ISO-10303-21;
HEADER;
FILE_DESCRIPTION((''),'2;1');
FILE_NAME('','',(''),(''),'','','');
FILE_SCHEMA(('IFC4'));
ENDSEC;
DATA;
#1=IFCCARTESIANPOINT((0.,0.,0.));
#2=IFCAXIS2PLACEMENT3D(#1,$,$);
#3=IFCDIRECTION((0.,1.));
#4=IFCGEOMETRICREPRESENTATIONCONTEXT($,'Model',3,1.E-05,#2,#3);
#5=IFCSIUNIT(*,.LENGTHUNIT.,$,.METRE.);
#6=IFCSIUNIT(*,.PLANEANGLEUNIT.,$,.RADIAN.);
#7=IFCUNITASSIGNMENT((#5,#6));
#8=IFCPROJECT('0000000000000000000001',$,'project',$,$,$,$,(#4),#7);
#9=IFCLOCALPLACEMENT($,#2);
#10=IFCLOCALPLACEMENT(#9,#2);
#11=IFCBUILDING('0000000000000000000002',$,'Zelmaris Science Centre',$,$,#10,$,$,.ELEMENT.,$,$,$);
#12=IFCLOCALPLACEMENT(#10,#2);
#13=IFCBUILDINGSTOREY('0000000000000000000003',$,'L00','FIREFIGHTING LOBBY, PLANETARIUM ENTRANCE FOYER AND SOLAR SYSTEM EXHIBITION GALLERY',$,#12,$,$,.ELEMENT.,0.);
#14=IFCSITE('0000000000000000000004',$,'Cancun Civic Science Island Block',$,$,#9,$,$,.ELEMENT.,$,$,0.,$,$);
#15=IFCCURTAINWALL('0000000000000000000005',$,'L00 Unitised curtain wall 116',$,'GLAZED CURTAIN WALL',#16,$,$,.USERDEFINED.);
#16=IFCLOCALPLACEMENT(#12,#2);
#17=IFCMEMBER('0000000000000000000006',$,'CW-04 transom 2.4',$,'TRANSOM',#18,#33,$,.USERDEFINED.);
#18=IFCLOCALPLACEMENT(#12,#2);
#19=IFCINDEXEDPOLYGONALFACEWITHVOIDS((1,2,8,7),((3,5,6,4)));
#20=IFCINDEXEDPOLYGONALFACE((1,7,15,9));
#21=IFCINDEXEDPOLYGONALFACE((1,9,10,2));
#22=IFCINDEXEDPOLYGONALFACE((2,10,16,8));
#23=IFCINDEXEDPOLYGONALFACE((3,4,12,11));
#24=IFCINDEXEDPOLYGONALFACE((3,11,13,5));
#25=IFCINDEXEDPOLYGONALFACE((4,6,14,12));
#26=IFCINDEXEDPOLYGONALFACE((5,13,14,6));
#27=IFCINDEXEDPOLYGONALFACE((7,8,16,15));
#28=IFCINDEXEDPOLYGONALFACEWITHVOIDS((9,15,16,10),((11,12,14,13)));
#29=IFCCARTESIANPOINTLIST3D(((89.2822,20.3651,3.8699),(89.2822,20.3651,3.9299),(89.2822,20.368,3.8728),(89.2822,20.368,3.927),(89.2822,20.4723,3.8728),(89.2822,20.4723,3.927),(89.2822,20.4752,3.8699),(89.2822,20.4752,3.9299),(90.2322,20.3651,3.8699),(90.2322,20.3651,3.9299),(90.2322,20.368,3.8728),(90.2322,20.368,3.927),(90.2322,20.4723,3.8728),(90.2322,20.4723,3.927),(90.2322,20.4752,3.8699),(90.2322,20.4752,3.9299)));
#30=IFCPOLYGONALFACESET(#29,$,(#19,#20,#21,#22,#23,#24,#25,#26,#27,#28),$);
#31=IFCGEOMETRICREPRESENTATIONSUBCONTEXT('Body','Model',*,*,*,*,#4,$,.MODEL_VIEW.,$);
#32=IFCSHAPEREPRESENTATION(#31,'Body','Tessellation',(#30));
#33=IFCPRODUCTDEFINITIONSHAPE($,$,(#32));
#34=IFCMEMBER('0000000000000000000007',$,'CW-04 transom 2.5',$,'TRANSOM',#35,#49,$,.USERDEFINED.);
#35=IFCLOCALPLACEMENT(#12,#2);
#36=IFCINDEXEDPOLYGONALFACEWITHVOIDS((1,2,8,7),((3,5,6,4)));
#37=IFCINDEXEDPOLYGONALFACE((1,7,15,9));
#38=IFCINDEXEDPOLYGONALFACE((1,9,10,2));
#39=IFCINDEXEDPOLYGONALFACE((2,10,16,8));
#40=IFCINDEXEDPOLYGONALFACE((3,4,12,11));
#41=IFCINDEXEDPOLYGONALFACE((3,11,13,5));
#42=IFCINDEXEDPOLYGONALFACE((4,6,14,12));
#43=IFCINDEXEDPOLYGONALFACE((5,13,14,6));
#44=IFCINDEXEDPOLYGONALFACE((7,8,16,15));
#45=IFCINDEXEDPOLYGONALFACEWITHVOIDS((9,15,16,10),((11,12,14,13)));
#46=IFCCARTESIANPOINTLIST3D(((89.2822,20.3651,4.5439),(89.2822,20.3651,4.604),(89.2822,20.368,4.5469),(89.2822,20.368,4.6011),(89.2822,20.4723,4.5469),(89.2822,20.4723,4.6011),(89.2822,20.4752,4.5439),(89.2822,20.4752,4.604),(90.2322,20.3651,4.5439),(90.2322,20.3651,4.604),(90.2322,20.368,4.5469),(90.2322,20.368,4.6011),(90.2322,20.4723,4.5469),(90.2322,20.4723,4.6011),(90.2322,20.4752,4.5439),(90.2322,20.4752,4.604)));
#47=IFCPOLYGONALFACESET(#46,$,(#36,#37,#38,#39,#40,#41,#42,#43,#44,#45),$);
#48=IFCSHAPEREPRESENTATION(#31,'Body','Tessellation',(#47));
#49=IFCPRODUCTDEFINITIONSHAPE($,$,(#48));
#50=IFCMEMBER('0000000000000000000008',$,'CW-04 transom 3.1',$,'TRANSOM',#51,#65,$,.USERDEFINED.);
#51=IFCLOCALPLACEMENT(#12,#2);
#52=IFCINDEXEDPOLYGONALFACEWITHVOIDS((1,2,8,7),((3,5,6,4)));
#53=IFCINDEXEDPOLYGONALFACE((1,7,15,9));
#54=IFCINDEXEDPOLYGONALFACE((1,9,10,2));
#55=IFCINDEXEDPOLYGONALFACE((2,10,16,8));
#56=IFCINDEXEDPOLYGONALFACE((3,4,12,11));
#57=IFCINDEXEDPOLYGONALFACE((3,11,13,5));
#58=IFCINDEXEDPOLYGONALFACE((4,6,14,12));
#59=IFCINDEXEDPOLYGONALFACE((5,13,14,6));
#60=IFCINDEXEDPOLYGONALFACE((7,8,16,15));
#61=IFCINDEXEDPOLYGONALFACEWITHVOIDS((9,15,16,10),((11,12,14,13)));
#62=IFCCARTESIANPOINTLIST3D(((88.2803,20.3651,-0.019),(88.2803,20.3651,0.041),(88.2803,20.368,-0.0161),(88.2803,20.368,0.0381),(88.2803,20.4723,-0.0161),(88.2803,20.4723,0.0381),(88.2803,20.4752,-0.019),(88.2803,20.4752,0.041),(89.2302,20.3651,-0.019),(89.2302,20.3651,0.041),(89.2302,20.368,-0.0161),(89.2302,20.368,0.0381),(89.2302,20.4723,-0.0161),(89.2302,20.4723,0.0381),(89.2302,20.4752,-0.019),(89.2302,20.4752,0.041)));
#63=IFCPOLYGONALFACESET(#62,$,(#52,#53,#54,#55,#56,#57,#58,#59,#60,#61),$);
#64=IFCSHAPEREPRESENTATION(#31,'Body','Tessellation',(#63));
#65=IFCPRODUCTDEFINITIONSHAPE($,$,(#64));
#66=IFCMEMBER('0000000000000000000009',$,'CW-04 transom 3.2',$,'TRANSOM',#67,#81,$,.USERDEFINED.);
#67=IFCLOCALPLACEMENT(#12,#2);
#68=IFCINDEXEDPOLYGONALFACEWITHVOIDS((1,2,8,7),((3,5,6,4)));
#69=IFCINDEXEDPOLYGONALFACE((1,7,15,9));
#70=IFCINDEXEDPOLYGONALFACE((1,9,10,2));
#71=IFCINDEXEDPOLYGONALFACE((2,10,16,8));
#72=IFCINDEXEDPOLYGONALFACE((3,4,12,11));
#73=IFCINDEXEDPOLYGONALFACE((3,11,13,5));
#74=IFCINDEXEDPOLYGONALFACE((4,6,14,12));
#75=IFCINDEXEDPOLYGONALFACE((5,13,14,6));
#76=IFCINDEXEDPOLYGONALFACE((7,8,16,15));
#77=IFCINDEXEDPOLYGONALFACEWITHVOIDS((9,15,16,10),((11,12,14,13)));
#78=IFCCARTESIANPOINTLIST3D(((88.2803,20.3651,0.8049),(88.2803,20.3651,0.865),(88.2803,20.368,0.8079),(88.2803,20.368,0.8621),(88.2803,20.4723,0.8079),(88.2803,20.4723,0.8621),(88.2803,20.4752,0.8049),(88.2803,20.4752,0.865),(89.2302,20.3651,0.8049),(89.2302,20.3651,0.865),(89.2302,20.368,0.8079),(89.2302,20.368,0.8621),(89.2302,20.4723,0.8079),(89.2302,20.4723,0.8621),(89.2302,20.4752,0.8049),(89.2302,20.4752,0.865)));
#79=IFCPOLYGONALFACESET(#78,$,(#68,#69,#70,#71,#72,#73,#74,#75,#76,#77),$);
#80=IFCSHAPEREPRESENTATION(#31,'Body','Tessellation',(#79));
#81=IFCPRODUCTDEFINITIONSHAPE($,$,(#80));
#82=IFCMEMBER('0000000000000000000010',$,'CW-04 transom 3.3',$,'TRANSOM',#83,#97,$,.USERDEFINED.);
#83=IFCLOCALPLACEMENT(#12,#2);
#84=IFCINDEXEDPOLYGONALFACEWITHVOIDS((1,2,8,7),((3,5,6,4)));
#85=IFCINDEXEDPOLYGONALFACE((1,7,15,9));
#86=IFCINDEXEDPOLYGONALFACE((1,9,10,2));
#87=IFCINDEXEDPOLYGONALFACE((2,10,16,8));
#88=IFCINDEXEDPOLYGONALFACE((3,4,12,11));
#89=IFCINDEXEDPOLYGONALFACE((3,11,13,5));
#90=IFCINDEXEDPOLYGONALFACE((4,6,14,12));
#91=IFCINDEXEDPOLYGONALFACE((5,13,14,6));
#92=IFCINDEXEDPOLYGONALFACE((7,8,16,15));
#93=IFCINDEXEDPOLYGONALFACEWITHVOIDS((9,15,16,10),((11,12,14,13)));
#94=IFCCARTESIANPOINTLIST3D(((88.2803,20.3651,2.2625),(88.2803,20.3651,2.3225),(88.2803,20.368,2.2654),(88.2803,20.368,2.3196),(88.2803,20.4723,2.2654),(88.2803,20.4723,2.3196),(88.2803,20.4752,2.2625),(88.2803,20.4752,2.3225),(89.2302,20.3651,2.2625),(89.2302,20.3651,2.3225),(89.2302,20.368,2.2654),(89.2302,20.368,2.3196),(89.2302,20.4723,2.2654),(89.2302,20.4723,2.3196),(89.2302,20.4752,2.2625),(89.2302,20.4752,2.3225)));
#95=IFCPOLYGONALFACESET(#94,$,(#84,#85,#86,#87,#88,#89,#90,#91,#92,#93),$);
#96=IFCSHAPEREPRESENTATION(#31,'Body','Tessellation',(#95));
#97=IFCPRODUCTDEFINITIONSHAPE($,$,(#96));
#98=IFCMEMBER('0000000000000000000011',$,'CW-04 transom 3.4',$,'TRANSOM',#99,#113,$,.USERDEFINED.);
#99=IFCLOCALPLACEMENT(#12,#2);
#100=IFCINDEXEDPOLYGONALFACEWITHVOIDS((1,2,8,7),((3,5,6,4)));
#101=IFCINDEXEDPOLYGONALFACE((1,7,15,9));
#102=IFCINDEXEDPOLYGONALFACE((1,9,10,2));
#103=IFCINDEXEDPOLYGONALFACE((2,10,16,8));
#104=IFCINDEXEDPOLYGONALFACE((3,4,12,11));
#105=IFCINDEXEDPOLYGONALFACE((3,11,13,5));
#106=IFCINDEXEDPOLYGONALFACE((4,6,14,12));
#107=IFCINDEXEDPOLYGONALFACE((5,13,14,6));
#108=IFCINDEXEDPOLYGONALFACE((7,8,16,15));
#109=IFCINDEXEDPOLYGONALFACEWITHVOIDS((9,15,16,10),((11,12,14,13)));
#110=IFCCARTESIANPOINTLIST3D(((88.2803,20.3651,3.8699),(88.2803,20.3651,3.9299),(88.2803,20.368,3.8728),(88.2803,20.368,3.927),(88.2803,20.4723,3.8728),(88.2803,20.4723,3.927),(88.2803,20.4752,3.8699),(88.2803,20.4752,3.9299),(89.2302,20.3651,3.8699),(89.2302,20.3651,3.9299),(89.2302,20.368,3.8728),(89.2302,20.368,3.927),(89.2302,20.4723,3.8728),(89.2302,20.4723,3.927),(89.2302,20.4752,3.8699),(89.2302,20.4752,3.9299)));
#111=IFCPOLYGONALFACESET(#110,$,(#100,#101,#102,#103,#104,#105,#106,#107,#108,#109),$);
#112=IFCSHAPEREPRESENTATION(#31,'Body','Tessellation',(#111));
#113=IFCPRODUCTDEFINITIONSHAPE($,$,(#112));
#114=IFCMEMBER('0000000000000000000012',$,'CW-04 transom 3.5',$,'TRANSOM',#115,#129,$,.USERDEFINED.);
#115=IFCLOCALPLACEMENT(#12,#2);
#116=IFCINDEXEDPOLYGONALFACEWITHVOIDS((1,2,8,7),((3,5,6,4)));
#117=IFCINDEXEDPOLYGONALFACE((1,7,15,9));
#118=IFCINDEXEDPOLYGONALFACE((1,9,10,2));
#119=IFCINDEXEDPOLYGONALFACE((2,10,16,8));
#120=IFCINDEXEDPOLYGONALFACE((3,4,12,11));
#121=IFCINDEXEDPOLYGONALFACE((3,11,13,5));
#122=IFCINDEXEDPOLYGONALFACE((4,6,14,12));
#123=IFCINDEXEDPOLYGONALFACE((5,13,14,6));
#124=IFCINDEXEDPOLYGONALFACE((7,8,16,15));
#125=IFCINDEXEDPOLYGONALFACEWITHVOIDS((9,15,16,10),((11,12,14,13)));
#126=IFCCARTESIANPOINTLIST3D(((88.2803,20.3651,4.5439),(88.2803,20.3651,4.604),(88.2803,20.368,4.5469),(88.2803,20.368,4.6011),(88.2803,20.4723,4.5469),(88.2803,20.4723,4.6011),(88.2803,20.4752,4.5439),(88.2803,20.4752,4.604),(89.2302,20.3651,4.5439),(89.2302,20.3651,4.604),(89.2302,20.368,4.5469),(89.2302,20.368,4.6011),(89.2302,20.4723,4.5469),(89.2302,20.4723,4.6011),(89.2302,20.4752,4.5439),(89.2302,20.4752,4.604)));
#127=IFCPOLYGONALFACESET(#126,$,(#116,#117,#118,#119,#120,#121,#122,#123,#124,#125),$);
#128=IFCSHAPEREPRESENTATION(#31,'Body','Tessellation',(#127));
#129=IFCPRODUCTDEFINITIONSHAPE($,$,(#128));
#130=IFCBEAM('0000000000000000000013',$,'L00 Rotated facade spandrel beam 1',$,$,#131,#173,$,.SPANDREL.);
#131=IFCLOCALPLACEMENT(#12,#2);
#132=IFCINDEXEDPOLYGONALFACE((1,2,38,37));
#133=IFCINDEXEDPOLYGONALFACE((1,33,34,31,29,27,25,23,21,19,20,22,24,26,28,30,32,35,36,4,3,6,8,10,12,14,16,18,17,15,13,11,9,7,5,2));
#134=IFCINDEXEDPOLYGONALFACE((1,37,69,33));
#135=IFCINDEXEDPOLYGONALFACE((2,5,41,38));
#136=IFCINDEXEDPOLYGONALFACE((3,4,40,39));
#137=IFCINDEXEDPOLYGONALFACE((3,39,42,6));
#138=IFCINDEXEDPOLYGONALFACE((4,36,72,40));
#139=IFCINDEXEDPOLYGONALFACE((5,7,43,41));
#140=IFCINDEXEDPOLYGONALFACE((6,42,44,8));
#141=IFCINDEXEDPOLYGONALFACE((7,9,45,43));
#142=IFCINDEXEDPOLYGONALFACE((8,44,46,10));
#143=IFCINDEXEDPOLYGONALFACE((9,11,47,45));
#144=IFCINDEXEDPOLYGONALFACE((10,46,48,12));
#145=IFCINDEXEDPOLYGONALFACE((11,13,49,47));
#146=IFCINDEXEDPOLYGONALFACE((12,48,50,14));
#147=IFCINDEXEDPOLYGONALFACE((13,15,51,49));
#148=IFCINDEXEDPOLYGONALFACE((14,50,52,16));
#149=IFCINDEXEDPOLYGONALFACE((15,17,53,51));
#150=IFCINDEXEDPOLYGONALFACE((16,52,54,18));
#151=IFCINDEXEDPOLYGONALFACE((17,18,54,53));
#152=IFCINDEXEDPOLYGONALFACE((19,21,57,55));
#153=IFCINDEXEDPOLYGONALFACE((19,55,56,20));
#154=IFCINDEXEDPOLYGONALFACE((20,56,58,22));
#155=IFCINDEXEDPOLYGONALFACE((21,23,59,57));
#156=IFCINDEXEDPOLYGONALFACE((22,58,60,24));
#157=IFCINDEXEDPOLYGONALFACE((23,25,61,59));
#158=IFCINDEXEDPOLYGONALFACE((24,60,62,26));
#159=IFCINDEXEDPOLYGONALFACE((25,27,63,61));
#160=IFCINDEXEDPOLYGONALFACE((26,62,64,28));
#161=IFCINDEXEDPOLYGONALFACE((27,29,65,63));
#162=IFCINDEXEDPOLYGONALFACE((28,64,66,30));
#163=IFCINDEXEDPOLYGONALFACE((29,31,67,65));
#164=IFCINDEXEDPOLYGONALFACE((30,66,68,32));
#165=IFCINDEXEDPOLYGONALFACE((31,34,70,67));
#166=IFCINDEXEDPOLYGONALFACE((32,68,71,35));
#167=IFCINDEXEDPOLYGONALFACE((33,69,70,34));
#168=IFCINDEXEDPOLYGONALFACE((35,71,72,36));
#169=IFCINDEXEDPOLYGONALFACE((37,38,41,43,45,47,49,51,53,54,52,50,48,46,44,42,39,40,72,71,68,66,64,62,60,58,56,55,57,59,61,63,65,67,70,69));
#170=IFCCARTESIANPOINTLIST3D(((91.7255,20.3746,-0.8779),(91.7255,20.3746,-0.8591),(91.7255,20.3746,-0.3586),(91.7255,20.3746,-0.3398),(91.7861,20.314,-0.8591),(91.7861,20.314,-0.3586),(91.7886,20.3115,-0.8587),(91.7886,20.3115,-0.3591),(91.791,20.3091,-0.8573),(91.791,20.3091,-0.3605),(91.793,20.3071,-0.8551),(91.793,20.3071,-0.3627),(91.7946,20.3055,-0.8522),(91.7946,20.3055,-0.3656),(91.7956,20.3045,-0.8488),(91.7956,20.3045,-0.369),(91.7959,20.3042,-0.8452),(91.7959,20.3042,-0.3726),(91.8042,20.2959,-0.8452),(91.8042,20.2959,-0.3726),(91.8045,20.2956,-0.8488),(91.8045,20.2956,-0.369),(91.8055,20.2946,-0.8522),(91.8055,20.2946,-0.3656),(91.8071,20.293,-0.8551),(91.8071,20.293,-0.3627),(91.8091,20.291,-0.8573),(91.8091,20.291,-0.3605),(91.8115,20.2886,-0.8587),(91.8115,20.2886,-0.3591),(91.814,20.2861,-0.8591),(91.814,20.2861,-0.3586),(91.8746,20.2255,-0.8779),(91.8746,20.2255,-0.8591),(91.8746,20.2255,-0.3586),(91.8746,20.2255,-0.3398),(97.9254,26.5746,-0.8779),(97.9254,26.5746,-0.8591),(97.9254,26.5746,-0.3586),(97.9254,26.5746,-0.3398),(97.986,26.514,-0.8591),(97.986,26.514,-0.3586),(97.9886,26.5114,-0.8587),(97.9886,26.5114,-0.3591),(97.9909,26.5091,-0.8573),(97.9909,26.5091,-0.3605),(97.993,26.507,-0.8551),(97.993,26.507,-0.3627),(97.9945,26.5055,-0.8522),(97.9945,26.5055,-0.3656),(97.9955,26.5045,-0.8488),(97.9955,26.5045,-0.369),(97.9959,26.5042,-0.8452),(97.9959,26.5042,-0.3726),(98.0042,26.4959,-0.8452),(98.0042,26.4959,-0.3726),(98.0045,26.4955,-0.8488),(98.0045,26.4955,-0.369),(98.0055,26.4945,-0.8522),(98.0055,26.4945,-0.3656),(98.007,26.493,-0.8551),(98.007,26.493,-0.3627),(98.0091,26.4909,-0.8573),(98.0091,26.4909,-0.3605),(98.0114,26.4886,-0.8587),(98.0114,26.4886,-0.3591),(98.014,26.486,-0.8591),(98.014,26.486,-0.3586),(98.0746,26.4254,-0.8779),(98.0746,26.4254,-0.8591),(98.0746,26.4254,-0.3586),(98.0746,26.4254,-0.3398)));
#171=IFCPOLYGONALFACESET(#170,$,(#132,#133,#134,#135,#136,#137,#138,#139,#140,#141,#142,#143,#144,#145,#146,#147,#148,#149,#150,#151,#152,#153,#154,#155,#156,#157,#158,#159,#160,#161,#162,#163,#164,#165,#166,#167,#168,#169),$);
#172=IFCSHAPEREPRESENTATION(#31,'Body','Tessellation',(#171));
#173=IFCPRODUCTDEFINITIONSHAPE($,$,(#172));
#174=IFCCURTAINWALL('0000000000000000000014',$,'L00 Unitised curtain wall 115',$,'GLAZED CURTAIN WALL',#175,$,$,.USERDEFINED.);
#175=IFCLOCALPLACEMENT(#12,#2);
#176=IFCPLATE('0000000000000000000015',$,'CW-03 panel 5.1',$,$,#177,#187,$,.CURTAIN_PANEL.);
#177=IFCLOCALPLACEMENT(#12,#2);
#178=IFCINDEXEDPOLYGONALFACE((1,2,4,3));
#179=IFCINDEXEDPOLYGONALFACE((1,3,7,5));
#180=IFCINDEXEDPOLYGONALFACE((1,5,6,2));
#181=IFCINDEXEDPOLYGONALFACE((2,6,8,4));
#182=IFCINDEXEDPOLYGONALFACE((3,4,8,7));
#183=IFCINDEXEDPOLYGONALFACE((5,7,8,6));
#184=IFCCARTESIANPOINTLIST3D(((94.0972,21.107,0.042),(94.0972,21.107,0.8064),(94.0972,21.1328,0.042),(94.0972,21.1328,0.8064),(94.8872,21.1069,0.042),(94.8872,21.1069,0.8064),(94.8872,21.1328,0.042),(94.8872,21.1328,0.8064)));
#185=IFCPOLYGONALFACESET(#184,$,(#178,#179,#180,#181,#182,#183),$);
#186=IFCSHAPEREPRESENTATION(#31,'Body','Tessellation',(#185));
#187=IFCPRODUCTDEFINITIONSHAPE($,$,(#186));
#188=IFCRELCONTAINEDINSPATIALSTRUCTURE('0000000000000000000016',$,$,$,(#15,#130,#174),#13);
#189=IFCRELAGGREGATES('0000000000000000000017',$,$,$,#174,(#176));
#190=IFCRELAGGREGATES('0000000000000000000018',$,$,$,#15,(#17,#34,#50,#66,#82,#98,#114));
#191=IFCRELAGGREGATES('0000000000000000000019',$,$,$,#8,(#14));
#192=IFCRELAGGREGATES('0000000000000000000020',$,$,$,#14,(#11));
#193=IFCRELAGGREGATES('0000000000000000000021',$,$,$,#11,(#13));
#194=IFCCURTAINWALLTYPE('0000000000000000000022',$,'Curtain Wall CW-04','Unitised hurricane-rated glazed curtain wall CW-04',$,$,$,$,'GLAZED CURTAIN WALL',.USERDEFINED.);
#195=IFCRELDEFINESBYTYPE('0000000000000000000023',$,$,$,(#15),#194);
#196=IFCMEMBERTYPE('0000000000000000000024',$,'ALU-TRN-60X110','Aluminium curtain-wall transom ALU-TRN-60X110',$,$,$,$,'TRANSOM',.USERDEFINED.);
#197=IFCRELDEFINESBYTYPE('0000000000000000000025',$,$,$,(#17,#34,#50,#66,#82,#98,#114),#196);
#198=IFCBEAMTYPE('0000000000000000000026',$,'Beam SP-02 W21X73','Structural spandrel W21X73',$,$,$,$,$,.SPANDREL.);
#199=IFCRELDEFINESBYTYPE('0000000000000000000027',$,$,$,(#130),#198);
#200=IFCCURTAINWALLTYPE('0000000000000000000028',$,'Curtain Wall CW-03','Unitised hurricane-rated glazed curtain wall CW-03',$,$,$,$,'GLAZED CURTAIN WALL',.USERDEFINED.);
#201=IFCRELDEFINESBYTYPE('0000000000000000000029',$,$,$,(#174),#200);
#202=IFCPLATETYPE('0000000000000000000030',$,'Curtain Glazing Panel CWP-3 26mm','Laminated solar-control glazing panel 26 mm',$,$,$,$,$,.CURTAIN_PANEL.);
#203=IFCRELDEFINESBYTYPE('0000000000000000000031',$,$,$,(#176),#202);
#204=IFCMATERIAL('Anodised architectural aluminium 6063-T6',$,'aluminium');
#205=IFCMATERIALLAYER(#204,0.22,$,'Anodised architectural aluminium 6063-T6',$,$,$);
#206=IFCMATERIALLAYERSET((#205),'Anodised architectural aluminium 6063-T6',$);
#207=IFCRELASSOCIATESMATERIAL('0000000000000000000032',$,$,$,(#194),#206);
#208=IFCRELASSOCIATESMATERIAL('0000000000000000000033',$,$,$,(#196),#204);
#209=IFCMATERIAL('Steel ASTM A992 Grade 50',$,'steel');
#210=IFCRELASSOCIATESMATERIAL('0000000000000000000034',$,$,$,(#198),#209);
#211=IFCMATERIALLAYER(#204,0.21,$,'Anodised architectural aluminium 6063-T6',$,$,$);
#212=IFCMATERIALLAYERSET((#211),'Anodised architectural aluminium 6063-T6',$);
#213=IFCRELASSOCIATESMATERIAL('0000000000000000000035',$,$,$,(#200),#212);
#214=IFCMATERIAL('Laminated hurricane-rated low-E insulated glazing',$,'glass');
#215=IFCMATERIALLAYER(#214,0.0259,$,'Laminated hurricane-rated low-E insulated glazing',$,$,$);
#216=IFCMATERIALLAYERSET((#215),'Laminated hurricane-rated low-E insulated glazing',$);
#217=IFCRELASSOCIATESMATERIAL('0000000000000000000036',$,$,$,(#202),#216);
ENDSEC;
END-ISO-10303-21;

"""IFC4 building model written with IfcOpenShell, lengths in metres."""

from ifc_helpers import new_model, si_unit, direction, frame, origin, origin_2d, place, context, subcontext, project, spatial, rectangle, hollow_rectangle, i_section, extrude, material, layer, layer_set, material_profile, profile_set, type_object, element, aggregate, save


model = new_model("IFC4")

# Units and contexts
model_context = context("Model", 3, precision=1e-05, world=origin(), true_north=direction((0.0, 1.0)))
body_context = subcontext(model_context, "Body", "Model", "MODEL_VIEW")
ifc_project = project(units=[si_unit("LENGTHUNIT", "METRE"), si_unit("PLANEANGLEUNIT", "RADIAN")], contexts=[model_context])

# Site, building, storey
site_placement = place(None, origin())
site = spatial("IfcSite", under=ifc_project, at=site_placement, Name="Cancun Civic Science Island Block", CompositionType="ELEMENT", RefElevation=0.0)
building_placement = place(site_placement, origin())
building = spatial("IfcBuilding", under=site, at=building_placement, Name="Zelmaris Science Centre", CompositionType="ELEMENT")
storey_placement = place(building_placement, origin())
storey = spatial("IfcBuildingStorey", under=building, at=storey_placement, Name="L00", Description="FIREFIGHTING LOBBY, PLANETARIUM ENTRANCE FOYER AND SOLAR SYSTEM EXHIBITION GALLERY", CompositionType="ELEMENT", Elevation=0.0)

# Curtain wall, members
ifc_material_1 = material(Name="Anodised architectural aluminium 6063-T6", Category="aluminium")
ifc_layer_1 = layer(ifc_material_1, 0.22, Name="Anodised architectural aluminium 6063-T6")
ifc_layer_set_1 = layer_set([ifc_layer_1], Name="Anodised architectural aluminium 6063-T6")
curtain_wall_type_1 = type_object("IfcCurtainWallType", Name="Curtain Wall CW-04", Description="Unitised hurricane-rated glazed curtain wall CW-04", ElementType="GLAZED CURTAIN WALL", PredefinedType="USERDEFINED", material=ifc_layer_set_1)
curtain_wall_1_placement = place(storey_placement, origin())
curtain_wall_1 = element("IfcCurtainWall", 1, at=curtain_wall_1_placement, inside=storey, type_object=curtain_wall_type_1, Name="L00 Unitised curtain wall 116", ObjectType="GLAZED CURTAIN WALL", PredefinedType="USERDEFINED")
ifc_material_profile_1 = material_profile(ifc_material_1, hollow_rectangle(XDim=0.0601, YDim=0.1101, WallThickness=0.0029, at=origin_2d()), Name="ALU-TRN-60X110")
ifc_profile_set_1 = profile_set([ifc_material_profile_1], Name="Anodised architectural aluminium 6063-T6")
member_type_1 = type_object("IfcMemberType", Name="ALU-TRN-60X110", Description="Aluminium curtain-wall transom ALU-TRN-60X110", ElementType="TRANSOM", PredefinedType="USERDEFINED", material=ifc_profile_set_1)
member_1_placement = place(storey_placement, frame((90.2322, 20.4202, 3.8999), z_axis=(-1.0, 0.0, 0.0), x_axis=(0.0, 0.0, 1.0)))
member_1 = element("IfcMember", 2, at=member_1_placement, type_object=member_type_1, Name="CW-04 transom 2.4", ObjectType="TRANSOM", PredefinedType="USERDEFINED", context=body_context, shape_type="SweptSolid", body=[
    extrude(hollow_rectangle(XDim=0.0601, YDim=0.1101, WallThickness=0.0029, at=origin_2d()), origin(), (0.0, 0.0, 1.0), 0.95),
])
member_2_placement = place(storey_placement, frame((90.2322, 20.4202, 4.574), z_axis=(-1.0, 0.0, 0.0), x_axis=(0.0, 0.0, 1.0)))
member_2 = element("IfcMember", 3, at=member_2_placement, type_object=member_type_1, Name="CW-04 transom 2.5", ObjectType="TRANSOM", PredefinedType="USERDEFINED", context=body_context, shape_type="SweptSolid", body=[
    extrude(hollow_rectangle(XDim=0.0601, YDim=0.1101, WallThickness=0.0029, at=origin_2d()), origin(), (0.0, 0.0, 1.0), 0.95),
])
member_3_placement = place(storey_placement, frame((89.2302, 20.4202, 0.011), z_axis=(-1.0, 0.0, 0.0), x_axis=(0.0, 0.0, 1.0)))
member_3 = element("IfcMember", 4, at=member_3_placement, type_object=member_type_1, Name="CW-04 transom 3.1", ObjectType="TRANSOM", PredefinedType="USERDEFINED", context=body_context, shape_type="SweptSolid", body=[
    extrude(hollow_rectangle(XDim=0.0601, YDim=0.1101, WallThickness=0.0029, at=origin_2d()), origin(), (0.0, 0.0, 1.0), 0.95),
])
member_4_placement = place(storey_placement, frame((89.2302, 20.4202, 0.835), z_axis=(-1.0, 0.0, 0.0), x_axis=(0.0, 0.0, 1.0)))
member_4 = element("IfcMember", 5, at=member_4_placement, type_object=member_type_1, Name="CW-04 transom 3.2", ObjectType="TRANSOM", PredefinedType="USERDEFINED", context=body_context, shape_type="SweptSolid", body=[
    extrude(hollow_rectangle(XDim=0.0601, YDim=0.1101, WallThickness=0.0029, at=origin_2d()), origin(), (0.0, 0.0, 1.0), 0.95),
])
member_5_placement = place(storey_placement, frame((89.2302, 20.4202, 2.2925), z_axis=(-1.0, 0.0, 0.0), x_axis=(0.0, 0.0, 1.0)))
member_5 = element("IfcMember", 6, at=member_5_placement, type_object=member_type_1, Name="CW-04 transom 3.3", ObjectType="TRANSOM", PredefinedType="USERDEFINED", context=body_context, shape_type="SweptSolid", body=[
    extrude(hollow_rectangle(XDim=0.0601, YDim=0.1101, WallThickness=0.0029, at=origin_2d()), origin(), (0.0, 0.0, 1.0), 0.95),
])
member_6_placement = place(storey_placement, frame((89.2302, 20.4202, 3.8999), z_axis=(-1.0, 0.0, 0.0), x_axis=(0.0, 0.0, 1.0)))
member_6 = element("IfcMember", 7, at=member_6_placement, type_object=member_type_1, Name="CW-04 transom 3.4", ObjectType="TRANSOM", PredefinedType="USERDEFINED", context=body_context, shape_type="SweptSolid", body=[
    extrude(hollow_rectangle(XDim=0.0601, YDim=0.1101, WallThickness=0.0029, at=origin_2d()), origin(), (0.0, 0.0, 1.0), 0.95),
])
member_7_placement = place(storey_placement, frame((89.2302, 20.4202, 4.574), z_axis=(-1.0, 0.0, 0.0), x_axis=(0.0, 0.0, 1.0)))
member_7 = element("IfcMember", 8, at=member_7_placement, type_object=member_type_1, Name="CW-04 transom 3.5", ObjectType="TRANSOM", PredefinedType="USERDEFINED", context=body_context, shape_type="SweptSolid", body=[
    extrude(hollow_rectangle(XDim=0.0601, YDim=0.1101, WallThickness=0.0029, at=origin_2d()), origin(), (0.0, 0.0, 1.0), 0.95),
])

# Beam
ifc_material_2 = material(Name="Steel ASTM A992 Grade 50", Category="steel")
ifc_material_profile_2 = material_profile(ifc_material_2, i_section(OverallWidth=0.2109, OverallDepth=0.5381, WebThickness=0.0117, FlangeThickness=0.0188, FilletRadius=0.0139, at=origin_2d()), Name="W21X73")
ifc_profile_set_2 = profile_set([ifc_material_profile_2], Name="Steel ASTM A992 Grade 50")
beam_type = type_object("IfcBeamType", Name="Beam SP-02 W21X73", Description="Structural spandrel W21X73", PredefinedType="SPANDREL", material=ifc_profile_set_2)
beam_placement = place(storey_placement, frame((91.8, 20.3, -0.6089), z_axis=(0.707107, 0.707107, 0.0), x_axis=(-0.707107, 0.707107, 0.0)))
element("IfcBeam", 9, at=beam_placement, inside=storey, type_object=beam_type, Name="L00 Rotated facade spandrel beam 1", PredefinedType="SPANDREL", context=body_context, shape_type="SweptSolid", body=[
    extrude(i_section(OverallWidth=0.2109, OverallDepth=0.5381, WebThickness=0.0117, FlangeThickness=0.0188, FilletRadius=0.0139, at=origin_2d()), origin(), (0.0, 0.0, 1.0), 8.7681),
])

# Curtain wall, plate
ifc_layer_2 = layer(ifc_material_1, 0.21, Name="Anodised architectural aluminium 6063-T6")
ifc_layer_set_2 = layer_set([ifc_layer_2], Name="Anodised architectural aluminium 6063-T6")
curtain_wall_type_2 = type_object("IfcCurtainWallType", Name="Curtain Wall CW-03", Description="Unitised hurricane-rated glazed curtain wall CW-03", ElementType="GLAZED CURTAIN WALL", PredefinedType="USERDEFINED", material=ifc_layer_set_2)
curtain_wall_2_placement = place(storey_placement, origin())
curtain_wall_2 = element("IfcCurtainWall", 10, at=curtain_wall_2_placement, inside=storey, type_object=curtain_wall_type_2, Name="L00 Unitised curtain wall 115", ObjectType="GLAZED CURTAIN WALL", PredefinedType="USERDEFINED")
ifc_material_3 = material(Name="Laminated hurricane-rated low-E insulated glazing", Category="glass")
ifc_layer_3 = layer(ifc_material_3, 0.0259, Name="Laminated hurricane-rated low-E insulated glazing")
ifc_layer_set_3 = layer_set([ifc_layer_3], Name="Laminated hurricane-rated low-E insulated glazing")
plate_type_1 = type_object("IfcPlateType", Name="Curtain Glazing Panel CWP-3 26mm", Description="Laminated solar-control glazing panel 26 mm", PredefinedType="CURTAIN_PANEL", material=ifc_layer_set_3)
plate_1_placement = place(storey_placement, frame((94.4922, 21.1199, 0.042), z_axis=(0.0, 0.0, 1.0), x_axis=(-1.0, 0.000069, 0.0)))
plate_1 = element("IfcPlate", 11, at=plate_1_placement, type_object=plate_type_1, Name="CW-03 panel 5.1", PredefinedType="CURTAIN_PANEL", context=body_context, shape_type="SweptSolid", body=[
    extrude(rectangle(XDim=0.79, YDim=0.0259, at=origin_2d()), origin(), (0.0, 0.0, 1.0), 0.7644),
])
aggregate(curtain_wall_2, [plate_1])

aggregate(curtain_wall_1, [member_1, member_2, member_3, member_4, member_5, member_6, member_7])

save(model, "model.ifc")
